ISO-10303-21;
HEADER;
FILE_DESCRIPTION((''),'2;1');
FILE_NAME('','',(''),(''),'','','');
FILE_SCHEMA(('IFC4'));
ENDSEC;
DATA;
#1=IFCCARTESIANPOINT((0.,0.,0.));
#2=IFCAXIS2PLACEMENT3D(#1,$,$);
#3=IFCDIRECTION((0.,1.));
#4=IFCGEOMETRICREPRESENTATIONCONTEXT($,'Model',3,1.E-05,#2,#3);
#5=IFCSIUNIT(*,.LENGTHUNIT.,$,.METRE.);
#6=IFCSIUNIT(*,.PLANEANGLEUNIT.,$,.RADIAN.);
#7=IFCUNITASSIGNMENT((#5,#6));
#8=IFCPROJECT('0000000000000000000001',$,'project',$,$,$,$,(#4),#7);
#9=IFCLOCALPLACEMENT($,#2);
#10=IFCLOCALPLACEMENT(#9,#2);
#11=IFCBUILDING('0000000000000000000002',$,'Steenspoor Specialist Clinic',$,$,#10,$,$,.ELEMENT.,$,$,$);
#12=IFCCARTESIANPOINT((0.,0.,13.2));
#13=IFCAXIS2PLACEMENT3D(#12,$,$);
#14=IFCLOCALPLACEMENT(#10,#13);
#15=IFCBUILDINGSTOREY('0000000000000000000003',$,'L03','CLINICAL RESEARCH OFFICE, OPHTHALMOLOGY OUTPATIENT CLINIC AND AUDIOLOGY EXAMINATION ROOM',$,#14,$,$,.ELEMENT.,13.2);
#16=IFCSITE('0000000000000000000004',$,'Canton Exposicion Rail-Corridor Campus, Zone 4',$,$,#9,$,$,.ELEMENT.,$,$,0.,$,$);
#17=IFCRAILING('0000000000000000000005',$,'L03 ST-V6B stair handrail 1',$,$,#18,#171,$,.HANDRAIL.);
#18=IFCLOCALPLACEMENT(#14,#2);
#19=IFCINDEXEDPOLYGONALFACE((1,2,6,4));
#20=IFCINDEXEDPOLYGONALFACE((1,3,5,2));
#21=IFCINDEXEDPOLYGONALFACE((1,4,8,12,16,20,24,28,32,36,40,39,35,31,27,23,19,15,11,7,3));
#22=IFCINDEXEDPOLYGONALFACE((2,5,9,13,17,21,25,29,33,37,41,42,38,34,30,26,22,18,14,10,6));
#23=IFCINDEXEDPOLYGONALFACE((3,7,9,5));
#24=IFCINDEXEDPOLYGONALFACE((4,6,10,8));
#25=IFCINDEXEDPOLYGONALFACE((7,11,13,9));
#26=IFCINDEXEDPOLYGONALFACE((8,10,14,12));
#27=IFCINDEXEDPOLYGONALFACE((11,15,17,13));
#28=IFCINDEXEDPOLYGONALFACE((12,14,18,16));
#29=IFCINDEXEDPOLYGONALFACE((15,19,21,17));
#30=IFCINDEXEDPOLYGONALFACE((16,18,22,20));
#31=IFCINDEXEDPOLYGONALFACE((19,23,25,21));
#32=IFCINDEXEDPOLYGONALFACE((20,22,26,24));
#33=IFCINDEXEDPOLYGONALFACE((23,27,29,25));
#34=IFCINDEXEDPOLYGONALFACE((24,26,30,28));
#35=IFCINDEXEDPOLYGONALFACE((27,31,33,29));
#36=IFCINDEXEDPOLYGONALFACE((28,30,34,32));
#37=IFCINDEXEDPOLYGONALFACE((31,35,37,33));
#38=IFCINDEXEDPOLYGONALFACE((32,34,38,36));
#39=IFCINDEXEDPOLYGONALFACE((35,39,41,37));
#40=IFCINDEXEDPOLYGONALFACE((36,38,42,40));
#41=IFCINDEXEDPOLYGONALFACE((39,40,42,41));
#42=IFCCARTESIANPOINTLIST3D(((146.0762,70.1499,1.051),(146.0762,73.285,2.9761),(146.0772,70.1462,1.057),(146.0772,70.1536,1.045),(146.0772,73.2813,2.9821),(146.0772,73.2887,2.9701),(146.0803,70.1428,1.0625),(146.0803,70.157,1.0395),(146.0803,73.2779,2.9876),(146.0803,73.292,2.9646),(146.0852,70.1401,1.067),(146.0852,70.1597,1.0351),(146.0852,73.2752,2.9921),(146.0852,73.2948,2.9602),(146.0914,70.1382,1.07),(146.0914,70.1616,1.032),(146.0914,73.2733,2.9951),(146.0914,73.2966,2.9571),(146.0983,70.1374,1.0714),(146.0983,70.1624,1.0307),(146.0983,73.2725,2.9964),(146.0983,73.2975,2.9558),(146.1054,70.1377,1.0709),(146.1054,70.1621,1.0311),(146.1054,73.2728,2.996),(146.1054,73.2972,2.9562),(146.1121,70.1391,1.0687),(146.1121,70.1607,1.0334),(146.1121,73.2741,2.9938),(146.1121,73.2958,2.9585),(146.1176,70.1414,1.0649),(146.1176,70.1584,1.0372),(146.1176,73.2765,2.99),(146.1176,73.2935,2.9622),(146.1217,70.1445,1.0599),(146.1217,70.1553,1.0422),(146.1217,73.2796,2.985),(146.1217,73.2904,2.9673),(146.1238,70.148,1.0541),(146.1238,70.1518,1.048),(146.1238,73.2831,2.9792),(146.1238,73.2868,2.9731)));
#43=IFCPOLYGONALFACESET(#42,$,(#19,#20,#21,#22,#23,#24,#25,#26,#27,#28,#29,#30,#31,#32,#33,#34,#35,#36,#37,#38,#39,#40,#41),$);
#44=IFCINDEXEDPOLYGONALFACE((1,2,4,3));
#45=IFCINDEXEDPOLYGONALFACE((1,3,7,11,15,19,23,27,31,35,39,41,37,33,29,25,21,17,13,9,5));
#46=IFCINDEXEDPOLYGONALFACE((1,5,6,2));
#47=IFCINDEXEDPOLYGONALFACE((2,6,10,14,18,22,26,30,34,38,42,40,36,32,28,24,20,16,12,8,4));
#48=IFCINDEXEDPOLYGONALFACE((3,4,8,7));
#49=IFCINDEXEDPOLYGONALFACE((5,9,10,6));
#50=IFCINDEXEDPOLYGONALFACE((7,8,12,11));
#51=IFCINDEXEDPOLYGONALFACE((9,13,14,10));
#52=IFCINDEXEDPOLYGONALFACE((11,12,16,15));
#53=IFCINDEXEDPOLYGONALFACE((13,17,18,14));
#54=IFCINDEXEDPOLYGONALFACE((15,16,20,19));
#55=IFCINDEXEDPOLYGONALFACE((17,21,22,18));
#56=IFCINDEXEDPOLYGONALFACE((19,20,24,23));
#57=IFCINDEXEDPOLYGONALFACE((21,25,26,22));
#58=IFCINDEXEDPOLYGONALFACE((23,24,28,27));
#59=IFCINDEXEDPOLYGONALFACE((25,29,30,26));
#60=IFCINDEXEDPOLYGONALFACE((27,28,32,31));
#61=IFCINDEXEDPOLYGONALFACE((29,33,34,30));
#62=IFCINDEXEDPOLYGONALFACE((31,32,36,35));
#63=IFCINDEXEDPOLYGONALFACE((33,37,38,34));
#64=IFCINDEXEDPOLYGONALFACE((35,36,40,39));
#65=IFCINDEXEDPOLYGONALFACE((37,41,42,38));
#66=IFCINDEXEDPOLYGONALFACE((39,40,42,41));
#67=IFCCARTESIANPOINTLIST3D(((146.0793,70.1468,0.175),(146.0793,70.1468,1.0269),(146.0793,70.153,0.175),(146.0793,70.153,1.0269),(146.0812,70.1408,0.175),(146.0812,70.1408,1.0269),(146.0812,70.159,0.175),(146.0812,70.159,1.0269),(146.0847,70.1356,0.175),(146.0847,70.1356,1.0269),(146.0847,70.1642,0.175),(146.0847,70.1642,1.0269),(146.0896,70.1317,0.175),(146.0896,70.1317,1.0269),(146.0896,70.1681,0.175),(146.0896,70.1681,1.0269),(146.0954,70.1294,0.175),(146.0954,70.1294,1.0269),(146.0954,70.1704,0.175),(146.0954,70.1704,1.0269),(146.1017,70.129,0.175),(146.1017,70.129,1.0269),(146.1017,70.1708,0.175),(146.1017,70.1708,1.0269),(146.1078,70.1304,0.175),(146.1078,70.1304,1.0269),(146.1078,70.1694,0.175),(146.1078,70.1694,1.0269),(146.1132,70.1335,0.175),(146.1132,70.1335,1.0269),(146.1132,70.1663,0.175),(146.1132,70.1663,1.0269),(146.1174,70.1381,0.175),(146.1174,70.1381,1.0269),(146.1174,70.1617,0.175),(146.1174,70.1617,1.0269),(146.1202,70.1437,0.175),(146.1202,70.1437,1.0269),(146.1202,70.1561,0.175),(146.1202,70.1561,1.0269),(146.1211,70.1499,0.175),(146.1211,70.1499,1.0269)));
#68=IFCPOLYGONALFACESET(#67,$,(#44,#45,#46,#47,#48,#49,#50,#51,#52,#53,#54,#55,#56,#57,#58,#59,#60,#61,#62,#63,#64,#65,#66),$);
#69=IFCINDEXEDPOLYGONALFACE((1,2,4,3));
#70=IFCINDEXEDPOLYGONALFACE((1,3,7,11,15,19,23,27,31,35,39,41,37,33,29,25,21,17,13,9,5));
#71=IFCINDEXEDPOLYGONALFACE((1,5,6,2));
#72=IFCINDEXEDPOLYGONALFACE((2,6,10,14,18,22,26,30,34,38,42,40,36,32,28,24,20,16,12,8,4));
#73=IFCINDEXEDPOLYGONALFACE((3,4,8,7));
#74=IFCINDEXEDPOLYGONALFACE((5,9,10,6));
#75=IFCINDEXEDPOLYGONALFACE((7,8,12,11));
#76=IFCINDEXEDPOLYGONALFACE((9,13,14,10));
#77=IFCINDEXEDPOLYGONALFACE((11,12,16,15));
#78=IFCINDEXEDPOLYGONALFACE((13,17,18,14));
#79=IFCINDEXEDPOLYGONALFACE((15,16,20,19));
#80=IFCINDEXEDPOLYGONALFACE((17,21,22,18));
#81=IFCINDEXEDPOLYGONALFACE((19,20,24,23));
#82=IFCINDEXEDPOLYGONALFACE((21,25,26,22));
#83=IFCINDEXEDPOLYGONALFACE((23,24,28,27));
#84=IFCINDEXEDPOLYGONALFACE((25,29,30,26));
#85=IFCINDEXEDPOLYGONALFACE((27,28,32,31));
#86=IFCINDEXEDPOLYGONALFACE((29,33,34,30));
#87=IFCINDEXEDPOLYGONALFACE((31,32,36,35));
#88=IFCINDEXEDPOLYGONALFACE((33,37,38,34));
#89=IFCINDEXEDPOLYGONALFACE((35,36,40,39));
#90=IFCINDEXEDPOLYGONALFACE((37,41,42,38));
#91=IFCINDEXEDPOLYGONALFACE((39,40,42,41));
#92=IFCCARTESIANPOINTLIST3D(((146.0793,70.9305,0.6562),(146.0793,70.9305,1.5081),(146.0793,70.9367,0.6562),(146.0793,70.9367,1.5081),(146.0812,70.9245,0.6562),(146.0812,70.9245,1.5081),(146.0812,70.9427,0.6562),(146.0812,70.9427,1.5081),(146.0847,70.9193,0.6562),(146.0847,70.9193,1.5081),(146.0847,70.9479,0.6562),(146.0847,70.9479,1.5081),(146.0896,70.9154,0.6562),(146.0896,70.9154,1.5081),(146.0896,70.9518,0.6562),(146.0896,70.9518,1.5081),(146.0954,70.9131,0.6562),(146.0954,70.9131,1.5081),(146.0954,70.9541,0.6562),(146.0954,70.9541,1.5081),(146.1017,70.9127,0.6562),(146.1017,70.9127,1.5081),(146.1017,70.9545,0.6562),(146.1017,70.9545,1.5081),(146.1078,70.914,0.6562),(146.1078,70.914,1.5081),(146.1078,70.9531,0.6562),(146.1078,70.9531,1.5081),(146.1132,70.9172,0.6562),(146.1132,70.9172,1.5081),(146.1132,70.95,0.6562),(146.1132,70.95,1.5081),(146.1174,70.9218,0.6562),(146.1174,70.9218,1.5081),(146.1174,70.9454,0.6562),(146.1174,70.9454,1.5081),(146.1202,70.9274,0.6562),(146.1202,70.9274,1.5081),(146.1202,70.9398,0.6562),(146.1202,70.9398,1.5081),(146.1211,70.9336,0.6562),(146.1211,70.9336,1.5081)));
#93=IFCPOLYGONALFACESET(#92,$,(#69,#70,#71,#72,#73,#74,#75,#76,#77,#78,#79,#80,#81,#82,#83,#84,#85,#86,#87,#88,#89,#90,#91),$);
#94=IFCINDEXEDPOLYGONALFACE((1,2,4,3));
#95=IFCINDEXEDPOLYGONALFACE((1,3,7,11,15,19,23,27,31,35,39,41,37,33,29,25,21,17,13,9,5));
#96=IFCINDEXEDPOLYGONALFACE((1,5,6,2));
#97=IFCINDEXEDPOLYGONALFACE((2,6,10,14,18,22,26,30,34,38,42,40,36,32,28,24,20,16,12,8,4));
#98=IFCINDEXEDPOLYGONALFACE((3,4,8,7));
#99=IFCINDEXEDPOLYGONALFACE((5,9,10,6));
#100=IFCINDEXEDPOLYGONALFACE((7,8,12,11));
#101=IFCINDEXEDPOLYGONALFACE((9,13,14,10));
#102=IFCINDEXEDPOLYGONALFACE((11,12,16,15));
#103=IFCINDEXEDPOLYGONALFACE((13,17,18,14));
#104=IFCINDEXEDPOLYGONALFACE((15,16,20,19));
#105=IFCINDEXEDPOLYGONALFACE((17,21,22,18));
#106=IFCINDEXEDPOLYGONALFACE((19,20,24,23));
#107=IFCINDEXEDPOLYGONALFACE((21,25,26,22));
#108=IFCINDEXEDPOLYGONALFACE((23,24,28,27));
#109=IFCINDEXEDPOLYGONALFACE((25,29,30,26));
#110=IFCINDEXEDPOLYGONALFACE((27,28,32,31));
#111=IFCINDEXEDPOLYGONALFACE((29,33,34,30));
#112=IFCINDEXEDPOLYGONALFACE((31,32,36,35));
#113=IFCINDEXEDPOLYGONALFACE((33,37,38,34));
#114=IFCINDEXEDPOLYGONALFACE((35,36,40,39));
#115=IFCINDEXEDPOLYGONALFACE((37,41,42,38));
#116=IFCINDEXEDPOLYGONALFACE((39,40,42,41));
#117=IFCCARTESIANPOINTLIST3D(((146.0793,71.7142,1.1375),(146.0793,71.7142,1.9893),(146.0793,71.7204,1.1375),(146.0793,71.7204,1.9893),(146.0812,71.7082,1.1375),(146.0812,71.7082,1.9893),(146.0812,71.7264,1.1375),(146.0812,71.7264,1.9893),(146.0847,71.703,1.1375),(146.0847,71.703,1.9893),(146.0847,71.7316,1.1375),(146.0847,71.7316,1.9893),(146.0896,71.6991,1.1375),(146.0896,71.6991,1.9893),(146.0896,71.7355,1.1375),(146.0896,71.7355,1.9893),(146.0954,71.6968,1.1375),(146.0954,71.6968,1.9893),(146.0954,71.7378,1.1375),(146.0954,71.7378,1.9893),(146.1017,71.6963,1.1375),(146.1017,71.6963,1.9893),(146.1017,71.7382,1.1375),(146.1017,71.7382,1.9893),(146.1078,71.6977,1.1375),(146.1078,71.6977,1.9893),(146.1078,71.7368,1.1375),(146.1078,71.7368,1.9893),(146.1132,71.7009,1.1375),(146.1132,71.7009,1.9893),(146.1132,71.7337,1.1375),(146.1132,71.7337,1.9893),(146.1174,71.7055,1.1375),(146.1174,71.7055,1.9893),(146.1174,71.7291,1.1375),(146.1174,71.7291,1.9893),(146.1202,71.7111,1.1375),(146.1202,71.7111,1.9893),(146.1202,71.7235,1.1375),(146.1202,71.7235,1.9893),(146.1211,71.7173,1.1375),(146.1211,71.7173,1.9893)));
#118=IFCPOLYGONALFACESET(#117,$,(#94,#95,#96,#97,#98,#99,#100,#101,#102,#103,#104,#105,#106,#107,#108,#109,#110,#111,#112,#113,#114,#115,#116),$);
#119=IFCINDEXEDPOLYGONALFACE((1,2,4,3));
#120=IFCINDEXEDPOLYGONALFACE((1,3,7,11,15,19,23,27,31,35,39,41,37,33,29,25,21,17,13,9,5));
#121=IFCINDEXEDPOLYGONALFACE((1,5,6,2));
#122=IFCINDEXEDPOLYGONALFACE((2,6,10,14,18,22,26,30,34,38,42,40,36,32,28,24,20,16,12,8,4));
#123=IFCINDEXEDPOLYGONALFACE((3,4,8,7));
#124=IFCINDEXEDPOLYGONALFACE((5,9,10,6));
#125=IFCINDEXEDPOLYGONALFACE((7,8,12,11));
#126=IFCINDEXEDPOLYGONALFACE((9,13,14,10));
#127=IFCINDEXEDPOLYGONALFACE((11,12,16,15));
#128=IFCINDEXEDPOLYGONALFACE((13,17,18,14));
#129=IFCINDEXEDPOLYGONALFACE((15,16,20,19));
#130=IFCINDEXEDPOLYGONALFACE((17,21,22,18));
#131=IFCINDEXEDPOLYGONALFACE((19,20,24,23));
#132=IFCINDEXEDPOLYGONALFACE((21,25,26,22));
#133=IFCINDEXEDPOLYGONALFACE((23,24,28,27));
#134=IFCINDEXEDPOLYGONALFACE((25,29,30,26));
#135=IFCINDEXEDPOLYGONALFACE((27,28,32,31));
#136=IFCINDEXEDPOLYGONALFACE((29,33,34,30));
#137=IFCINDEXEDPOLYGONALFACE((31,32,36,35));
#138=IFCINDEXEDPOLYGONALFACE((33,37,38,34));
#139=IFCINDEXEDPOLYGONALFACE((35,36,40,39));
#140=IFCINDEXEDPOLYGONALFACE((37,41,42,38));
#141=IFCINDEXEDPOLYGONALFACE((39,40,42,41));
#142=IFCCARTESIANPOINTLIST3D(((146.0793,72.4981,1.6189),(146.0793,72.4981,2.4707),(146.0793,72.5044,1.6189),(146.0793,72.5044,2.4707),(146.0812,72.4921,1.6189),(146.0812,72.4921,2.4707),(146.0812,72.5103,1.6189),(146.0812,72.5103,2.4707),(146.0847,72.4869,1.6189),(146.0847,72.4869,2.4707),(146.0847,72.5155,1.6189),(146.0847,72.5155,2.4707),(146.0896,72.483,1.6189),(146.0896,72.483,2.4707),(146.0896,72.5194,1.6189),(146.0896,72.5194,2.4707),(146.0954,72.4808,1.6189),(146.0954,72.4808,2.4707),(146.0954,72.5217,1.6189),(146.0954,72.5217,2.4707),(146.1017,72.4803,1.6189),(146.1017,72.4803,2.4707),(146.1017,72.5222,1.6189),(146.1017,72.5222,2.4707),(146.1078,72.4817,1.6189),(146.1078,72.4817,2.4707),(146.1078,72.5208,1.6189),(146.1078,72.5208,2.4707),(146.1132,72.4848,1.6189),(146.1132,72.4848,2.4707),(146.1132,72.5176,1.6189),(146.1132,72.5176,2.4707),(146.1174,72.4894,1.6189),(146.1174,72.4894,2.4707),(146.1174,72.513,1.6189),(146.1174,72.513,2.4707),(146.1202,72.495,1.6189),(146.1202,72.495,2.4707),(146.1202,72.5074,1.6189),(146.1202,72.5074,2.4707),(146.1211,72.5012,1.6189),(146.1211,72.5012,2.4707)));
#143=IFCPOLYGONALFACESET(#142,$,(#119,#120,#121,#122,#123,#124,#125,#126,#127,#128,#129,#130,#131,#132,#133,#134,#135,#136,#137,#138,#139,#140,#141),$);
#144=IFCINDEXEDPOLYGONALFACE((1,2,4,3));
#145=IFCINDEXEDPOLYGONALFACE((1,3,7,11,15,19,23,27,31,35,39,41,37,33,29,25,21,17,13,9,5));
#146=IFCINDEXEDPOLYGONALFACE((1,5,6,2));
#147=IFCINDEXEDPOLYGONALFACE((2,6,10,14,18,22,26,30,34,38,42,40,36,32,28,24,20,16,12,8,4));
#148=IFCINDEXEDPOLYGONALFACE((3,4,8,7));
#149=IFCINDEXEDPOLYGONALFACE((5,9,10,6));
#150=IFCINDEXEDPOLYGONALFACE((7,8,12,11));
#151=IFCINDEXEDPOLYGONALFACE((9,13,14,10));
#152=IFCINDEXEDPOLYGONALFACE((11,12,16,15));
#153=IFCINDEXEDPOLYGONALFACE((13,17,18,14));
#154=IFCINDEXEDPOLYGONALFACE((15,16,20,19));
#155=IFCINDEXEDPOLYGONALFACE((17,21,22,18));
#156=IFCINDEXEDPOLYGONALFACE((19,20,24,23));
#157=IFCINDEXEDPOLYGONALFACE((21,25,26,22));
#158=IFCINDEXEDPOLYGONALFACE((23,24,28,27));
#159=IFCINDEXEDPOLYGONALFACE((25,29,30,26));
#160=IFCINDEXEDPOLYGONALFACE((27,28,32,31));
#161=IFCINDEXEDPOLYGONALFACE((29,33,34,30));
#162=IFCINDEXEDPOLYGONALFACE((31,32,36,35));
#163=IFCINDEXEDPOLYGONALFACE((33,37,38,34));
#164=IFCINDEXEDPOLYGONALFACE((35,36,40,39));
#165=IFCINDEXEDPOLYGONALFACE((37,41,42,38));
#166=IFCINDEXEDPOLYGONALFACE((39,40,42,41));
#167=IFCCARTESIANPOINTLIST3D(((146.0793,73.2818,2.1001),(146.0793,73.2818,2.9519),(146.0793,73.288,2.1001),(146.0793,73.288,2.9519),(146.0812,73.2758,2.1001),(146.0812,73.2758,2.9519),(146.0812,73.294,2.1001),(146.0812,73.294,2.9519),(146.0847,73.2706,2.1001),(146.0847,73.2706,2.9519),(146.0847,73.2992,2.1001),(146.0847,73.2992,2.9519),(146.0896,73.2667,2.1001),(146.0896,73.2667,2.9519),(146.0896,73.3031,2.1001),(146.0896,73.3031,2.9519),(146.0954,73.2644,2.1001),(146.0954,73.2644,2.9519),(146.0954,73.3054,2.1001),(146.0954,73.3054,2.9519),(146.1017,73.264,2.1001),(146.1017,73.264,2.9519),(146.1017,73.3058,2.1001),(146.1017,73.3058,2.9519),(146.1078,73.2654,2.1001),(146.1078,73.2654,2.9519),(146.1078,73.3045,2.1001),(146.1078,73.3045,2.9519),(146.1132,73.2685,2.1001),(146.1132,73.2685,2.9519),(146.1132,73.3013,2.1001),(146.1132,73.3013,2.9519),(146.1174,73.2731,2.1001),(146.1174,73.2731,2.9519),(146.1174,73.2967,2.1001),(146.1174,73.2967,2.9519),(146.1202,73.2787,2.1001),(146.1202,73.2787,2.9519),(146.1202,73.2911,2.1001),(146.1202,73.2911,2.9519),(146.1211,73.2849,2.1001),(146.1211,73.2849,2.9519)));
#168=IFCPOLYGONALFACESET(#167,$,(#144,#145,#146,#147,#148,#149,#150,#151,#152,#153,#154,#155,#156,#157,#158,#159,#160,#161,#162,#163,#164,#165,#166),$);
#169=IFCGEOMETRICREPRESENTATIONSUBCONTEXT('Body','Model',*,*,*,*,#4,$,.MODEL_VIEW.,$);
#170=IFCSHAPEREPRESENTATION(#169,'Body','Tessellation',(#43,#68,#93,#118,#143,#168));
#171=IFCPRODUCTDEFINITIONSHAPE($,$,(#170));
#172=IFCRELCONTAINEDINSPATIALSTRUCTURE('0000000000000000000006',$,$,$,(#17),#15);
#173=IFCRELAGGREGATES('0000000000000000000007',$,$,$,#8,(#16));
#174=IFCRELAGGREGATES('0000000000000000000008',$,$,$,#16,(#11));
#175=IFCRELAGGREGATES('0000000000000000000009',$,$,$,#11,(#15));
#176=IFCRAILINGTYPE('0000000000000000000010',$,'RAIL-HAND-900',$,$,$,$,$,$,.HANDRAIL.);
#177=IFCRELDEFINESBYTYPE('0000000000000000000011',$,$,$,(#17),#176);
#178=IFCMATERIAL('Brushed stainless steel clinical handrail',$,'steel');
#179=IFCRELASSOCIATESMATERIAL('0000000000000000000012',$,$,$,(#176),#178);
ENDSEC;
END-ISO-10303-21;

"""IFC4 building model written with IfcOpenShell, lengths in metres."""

from ifc_helpers import new_model, si_unit, direction, frame, origin, origin_2d, place, context, subcontext, project, spatial, circle, extrude, material, type_object, element, save


model = new_model("IFC4")

# Units and contexts
model_context = context("Model", 3, precision=1e-05, world=origin(), true_north=direction((0.0, 1.0)))
body_context = subcontext(model_context, "Body", "Model", "MODEL_VIEW")
ifc_project = project(units=[si_unit("LENGTHUNIT", "METRE"), si_unit("PLANEANGLEUNIT", "RADIAN")], contexts=[model_context])

# Site, building, storey
site_placement = place(None, origin())
site = spatial("IfcSite", under=ifc_project, at=site_placement, Name="Canton Exposicion Rail-Corridor Campus, Zone 4", CompositionType="ELEMENT", RefElevation=0.0)
building_placement = place(site_placement, origin())
building = spatial("IfcBuilding", under=site, at=building_placement, Name="Steenspoor Specialist Clinic", CompositionType="ELEMENT")
storey_placement = place(building_placement, frame((0.0, 0.0, 13.2)))
storey = spatial("IfcBuildingStorey", under=building, at=storey_placement, Name="L03", Description="CLINICAL RESEARCH OFFICE, OPHTHALMOLOGY OUTPATIENT CLINIC AND AUDIOLOGY EXAMINATION ROOM", CompositionType="ELEMENT", Elevation=13.2)

# Railing
ifc_material_1 = material(Name="Brushed stainless steel clinical handrail", Category="steel")
railing_type_1 = type_object("IfcRailingType", Name="RAIL-HAND-900", PredefinedType="HANDRAIL", material=ifc_material_1)
railing_1_placement = place(storey_placement, frame((146.1001, 70.1499, 0.175)))
element("IfcRailing", 1, at=railing_1_placement, inside=storey, type_object=railing_type_1, Name="L03 ST-V6B stair handrail 1", PredefinedType="HANDRAIL", context=body_context, shape_type="SweptSolid", body=[
    extrude(circle(Radius=0.0239, at=origin_2d()), frame((0.0, 0.0, 0.876), z_axis=(0.0, 0.852166, 0.523271), x_axis=(-1.0, 0.0, 0.0)), (0.0, 0.0, 1.0), 3.679),
    extrude(circle(Radius=0.021, at=origin_2d()), origin(), (0.0, 0.0, 1.0), 0.8518),
    extrude(circle(Radius=0.021, at=origin_2d()), frame((0.0, 0.7837, 0.4812)), (0.0, 0.0, 1.0), 0.8518),
    extrude(circle(Radius=0.021, at=origin_2d()), frame((0.0, 1.5674, 0.9624)), (0.0, 0.0, 1.0), 0.8518),
    extrude(circle(Radius=0.021, at=origin_2d()), frame((0.0, 2.3513, 1.4438)), (0.0, 0.0, 1.0), 0.8518),
    extrude(circle(Radius=0.021, at=origin_2d()), frame((0.0, 3.135, 1.925)), (0.0, 0.0, 1.0), 0.8518),
])

save(model, "model.ifc")
